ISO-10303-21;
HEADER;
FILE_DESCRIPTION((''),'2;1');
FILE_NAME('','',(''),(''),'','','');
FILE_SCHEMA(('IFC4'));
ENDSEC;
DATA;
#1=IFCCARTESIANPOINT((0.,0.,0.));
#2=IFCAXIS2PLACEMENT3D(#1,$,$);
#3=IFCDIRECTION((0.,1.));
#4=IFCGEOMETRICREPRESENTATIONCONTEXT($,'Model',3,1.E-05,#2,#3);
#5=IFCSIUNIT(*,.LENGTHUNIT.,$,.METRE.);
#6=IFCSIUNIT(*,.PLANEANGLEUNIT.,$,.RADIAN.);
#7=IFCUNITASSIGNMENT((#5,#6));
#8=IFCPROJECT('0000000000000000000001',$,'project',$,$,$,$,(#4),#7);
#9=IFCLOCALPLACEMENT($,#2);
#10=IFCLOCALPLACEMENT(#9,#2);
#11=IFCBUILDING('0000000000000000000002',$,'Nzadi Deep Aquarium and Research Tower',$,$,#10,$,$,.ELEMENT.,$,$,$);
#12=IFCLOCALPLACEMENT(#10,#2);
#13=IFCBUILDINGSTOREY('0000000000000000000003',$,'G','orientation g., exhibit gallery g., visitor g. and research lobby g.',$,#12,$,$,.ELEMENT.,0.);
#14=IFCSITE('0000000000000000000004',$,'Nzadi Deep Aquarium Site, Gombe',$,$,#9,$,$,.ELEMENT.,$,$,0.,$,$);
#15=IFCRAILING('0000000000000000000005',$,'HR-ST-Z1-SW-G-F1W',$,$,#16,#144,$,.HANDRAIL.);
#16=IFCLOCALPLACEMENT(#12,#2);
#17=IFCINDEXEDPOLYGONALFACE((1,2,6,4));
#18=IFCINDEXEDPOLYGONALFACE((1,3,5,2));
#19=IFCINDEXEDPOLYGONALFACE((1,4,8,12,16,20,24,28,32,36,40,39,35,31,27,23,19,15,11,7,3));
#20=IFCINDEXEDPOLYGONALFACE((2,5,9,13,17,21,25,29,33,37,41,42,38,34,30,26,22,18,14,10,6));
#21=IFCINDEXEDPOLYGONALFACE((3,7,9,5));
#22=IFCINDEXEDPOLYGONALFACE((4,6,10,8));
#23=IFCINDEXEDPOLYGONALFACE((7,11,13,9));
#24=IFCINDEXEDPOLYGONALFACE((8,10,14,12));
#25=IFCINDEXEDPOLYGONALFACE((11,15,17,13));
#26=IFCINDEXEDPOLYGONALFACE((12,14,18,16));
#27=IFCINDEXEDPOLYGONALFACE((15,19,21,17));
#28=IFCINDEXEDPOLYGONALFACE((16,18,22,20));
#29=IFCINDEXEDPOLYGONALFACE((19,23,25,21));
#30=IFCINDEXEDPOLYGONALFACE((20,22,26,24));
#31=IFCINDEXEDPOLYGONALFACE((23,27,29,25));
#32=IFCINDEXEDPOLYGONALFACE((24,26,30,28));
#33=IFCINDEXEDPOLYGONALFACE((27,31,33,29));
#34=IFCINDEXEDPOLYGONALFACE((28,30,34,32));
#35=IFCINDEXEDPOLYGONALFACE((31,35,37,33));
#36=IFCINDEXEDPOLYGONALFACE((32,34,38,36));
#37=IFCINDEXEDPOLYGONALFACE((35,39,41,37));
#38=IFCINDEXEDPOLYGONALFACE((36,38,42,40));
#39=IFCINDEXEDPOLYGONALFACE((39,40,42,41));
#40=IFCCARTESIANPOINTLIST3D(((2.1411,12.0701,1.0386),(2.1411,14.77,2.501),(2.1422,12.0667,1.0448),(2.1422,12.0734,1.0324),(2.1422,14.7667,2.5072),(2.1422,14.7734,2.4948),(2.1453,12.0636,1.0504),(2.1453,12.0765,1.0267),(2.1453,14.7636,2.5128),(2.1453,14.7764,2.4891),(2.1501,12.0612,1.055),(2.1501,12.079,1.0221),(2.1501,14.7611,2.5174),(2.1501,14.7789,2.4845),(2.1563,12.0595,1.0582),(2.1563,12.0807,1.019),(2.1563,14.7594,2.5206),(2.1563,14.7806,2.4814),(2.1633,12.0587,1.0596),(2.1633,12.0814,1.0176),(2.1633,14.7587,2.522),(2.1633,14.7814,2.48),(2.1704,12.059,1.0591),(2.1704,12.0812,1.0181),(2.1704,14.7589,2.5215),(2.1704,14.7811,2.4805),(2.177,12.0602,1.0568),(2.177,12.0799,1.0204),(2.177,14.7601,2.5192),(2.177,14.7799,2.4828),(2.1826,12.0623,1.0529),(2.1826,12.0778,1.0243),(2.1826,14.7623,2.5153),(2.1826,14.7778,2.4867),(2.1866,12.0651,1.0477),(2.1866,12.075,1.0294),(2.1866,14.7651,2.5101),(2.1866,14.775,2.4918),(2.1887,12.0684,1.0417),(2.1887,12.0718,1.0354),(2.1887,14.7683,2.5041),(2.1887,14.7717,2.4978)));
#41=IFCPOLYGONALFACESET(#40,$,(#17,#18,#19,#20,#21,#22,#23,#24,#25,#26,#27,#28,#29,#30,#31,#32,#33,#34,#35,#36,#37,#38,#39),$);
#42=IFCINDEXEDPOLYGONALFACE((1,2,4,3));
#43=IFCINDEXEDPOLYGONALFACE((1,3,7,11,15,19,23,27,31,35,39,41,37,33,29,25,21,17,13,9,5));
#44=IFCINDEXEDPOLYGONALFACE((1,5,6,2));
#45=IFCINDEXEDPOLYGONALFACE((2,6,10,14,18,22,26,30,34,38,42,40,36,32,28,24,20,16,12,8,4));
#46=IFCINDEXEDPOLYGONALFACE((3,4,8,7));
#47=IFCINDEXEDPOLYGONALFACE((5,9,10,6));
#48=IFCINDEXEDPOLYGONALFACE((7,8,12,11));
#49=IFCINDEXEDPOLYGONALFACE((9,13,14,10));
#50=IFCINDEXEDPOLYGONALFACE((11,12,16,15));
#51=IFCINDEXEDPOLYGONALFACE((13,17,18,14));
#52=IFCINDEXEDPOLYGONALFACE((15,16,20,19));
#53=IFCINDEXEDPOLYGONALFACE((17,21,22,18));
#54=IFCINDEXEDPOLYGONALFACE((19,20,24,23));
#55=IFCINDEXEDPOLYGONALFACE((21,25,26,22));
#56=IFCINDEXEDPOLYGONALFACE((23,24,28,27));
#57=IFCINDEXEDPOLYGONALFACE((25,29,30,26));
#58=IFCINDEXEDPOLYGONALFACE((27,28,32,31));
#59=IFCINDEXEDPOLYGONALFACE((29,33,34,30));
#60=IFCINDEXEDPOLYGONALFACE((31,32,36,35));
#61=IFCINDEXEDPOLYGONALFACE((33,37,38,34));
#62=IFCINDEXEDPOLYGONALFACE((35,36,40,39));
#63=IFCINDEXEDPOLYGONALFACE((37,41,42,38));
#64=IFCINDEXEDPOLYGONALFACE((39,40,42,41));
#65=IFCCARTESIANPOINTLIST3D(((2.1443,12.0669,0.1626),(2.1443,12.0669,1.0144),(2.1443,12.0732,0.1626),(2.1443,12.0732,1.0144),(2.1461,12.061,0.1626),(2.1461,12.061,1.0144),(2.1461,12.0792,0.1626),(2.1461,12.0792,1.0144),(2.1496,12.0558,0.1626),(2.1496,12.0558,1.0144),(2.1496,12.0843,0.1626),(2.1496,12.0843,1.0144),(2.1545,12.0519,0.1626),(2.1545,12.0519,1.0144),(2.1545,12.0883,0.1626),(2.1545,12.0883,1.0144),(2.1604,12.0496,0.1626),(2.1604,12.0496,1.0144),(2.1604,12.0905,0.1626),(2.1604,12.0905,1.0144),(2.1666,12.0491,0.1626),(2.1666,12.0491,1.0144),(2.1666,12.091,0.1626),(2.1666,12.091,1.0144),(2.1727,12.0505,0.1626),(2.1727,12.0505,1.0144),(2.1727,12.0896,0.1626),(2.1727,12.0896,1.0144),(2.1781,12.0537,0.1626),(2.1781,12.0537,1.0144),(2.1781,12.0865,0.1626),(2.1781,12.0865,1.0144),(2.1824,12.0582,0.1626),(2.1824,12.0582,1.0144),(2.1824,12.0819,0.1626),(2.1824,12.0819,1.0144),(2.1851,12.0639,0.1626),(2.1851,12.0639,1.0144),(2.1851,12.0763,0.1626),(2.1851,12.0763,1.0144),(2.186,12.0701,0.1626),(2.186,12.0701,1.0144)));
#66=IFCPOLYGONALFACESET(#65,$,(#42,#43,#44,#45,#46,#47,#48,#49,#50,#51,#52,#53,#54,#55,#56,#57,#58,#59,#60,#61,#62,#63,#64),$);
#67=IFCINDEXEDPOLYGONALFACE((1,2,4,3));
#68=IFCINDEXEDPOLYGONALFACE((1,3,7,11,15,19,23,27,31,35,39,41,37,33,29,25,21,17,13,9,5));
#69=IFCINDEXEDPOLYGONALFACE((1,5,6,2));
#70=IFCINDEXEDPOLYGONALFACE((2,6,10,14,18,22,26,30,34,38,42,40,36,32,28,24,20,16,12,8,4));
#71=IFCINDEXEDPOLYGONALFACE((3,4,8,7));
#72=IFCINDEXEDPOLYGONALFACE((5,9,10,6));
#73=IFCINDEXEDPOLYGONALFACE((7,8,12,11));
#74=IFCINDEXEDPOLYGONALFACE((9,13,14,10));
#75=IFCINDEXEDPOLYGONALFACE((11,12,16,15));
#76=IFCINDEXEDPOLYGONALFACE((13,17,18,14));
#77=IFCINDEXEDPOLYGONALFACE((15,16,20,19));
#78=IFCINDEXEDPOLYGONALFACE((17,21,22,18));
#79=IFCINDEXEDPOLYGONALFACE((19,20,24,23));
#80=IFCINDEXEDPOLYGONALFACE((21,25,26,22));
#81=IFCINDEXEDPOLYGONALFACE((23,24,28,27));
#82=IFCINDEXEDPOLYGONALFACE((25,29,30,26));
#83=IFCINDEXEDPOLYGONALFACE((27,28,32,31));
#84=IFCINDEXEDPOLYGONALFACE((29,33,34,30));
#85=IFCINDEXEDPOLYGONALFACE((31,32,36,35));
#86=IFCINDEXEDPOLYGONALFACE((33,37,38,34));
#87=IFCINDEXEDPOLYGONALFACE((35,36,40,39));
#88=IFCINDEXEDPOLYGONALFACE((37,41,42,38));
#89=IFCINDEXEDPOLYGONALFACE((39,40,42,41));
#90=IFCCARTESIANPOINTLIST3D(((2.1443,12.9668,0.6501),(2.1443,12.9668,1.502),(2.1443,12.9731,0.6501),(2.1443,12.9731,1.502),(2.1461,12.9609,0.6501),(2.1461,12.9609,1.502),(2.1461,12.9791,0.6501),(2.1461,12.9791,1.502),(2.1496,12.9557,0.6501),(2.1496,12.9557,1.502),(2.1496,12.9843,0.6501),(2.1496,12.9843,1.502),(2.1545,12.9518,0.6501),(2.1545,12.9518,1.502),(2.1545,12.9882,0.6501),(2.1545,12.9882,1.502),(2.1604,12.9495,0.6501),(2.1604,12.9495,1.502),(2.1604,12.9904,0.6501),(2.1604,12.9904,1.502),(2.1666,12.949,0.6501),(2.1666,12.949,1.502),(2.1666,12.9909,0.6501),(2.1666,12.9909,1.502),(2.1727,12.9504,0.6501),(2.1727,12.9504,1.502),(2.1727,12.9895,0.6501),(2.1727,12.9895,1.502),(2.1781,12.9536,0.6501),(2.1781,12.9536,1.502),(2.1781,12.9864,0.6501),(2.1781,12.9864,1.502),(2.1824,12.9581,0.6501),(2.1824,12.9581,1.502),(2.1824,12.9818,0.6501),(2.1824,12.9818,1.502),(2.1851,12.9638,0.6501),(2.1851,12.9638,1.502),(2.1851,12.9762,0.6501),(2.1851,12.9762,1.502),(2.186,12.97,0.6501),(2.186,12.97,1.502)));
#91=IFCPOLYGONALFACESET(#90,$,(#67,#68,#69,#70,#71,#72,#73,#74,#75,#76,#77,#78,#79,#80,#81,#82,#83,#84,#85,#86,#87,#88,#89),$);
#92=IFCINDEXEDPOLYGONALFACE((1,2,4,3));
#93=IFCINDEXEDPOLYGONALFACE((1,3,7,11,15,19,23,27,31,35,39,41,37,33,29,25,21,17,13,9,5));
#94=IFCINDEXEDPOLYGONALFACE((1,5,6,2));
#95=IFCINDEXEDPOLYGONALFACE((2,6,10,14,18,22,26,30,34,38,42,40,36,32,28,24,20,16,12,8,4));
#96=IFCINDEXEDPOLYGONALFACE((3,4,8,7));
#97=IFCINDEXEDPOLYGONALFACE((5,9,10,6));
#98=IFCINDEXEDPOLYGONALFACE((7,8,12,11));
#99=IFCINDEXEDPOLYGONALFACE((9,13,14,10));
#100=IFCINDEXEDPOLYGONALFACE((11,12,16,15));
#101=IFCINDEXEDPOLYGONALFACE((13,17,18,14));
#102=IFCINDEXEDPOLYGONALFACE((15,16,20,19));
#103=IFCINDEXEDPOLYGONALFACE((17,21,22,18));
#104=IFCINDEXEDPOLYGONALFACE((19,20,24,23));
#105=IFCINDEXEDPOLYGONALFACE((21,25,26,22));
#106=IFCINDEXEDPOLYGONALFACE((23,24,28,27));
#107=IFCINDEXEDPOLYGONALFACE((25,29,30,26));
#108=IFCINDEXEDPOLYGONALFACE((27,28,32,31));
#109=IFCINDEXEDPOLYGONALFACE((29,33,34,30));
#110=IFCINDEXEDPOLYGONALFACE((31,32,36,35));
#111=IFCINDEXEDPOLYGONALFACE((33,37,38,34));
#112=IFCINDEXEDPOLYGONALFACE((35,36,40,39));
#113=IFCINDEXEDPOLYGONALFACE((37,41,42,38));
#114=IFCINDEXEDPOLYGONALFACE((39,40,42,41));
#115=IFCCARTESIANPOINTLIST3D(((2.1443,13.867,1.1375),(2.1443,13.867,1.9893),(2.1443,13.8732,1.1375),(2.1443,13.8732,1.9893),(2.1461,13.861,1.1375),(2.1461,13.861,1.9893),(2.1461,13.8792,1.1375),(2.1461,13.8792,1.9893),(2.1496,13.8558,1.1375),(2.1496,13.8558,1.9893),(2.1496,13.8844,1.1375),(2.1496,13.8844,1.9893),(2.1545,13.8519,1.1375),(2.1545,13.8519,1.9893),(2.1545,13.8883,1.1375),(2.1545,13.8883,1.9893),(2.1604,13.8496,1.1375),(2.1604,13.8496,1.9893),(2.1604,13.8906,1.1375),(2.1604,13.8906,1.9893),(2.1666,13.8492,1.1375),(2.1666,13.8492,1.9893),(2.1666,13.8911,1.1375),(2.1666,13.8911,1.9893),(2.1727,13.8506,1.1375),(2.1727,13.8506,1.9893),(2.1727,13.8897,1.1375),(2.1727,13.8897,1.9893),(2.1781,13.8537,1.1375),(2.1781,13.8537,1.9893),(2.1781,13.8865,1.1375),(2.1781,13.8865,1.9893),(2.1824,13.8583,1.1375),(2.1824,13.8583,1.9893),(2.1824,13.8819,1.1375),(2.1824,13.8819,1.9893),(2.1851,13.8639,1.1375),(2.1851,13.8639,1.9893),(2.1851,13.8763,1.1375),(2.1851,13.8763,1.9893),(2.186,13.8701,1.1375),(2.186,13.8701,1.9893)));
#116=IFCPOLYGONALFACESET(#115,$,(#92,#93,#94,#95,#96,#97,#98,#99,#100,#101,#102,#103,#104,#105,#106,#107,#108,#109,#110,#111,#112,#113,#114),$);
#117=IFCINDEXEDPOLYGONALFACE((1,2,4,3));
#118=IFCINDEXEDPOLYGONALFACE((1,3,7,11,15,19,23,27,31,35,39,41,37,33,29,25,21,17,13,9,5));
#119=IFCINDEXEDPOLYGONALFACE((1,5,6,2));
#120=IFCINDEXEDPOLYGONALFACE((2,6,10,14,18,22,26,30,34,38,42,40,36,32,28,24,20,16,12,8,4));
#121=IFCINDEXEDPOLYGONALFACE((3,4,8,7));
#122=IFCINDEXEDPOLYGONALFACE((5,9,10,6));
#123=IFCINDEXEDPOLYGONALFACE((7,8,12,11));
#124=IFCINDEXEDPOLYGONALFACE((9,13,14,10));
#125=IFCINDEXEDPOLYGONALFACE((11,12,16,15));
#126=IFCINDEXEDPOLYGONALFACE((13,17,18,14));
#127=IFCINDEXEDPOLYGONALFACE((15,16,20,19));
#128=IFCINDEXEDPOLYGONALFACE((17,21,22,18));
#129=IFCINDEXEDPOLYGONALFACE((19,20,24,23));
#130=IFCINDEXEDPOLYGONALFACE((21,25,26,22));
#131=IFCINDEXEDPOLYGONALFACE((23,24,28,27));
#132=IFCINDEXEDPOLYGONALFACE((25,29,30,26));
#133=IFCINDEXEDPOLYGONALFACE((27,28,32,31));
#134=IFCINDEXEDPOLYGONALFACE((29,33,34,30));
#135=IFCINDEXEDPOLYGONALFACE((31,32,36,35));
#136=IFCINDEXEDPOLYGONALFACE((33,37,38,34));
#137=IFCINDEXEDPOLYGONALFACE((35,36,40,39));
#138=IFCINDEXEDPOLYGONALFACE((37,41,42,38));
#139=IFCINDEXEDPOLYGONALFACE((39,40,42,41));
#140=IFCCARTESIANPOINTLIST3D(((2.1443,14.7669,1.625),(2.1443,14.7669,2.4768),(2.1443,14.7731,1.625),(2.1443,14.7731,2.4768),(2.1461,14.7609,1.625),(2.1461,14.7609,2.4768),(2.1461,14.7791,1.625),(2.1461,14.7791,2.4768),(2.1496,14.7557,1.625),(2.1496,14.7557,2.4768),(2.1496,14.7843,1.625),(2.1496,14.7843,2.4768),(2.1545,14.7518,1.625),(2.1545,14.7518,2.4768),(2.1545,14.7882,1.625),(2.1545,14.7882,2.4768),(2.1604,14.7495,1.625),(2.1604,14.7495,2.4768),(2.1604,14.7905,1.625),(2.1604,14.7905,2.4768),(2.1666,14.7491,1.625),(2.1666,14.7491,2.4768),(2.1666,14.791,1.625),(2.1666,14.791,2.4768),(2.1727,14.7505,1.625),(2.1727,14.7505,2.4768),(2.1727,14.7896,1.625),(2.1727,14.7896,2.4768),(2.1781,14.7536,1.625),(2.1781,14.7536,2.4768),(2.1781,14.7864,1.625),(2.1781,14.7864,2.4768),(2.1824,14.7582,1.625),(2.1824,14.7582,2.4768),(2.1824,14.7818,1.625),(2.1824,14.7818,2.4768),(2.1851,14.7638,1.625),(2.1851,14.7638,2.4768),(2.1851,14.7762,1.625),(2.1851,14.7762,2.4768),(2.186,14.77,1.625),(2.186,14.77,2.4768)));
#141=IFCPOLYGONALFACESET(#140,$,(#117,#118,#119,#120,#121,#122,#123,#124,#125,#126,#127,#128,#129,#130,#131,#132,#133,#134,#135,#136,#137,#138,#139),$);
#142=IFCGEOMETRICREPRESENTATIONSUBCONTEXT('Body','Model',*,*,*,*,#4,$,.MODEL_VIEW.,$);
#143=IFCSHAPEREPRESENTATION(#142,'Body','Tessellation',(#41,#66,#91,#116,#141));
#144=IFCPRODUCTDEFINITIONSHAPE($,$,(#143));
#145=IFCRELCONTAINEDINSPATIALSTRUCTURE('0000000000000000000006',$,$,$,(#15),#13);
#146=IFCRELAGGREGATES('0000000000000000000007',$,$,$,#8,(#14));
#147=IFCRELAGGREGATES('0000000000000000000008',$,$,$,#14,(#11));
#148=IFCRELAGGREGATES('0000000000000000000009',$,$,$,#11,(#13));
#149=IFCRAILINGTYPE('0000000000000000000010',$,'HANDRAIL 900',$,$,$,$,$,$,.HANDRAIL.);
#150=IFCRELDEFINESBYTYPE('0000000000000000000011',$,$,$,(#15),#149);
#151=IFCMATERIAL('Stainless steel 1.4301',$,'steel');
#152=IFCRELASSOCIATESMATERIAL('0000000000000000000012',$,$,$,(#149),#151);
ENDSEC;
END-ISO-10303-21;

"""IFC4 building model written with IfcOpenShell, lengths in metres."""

from ifc_helpers import new_model, si_unit, direction, frame, origin, origin_2d, place, context, subcontext, project, spatial, circle, extrude, material, type_object, element, save


model = new_model("IFC4")

# Units and contexts
model_context = context("Model", 3, precision=1e-05, world=origin(), true_north=direction((0.0, 1.0)))
body_context = subcontext(model_context, "Body", "Model", "MODEL_VIEW")
ifc_project = project(units=[si_unit("LENGTHUNIT", "METRE"), si_unit("PLANEANGLEUNIT", "RADIAN")], contexts=[model_context])

# Site, building, storey
site_placement = place(None, origin())
site = spatial("IfcSite", under=ifc_project, at=site_placement, Name="Nzadi Deep Aquarium Site, Gombe", CompositionType="ELEMENT", RefElevation=0.0)
building_placement = place(site_placement, origin())
building = spatial("IfcBuilding", under=site, at=building_placement, Name="Nzadi Deep Aquarium and Research Tower", CompositionType="ELEMENT")
storey_placement = place(building_placement, origin())
storey = spatial("IfcBuildingStorey", under=building, at=storey_placement, Name="G", Description="orientation g., exhibit gallery g., visitor g. and research lobby g.", CompositionType="ELEMENT", Elevation=0.0)

# Railing
ifc_material_1 = material(Name="Stainless steel 1.4301", Category="steel")
railing_type = type_object("IfcRailingType", Name="HANDRAIL 900", PredefinedType="HANDRAIL", material=ifc_material_1)
for number, where, name in (
    (1, (2.165, 12.0701, 0.1626), "HR-ST-Z1-SW-G-F1W"),
):
    element("IfcRailing", number, at=place(storey_placement, frame(where)), inside=storey, type_object=railing_type, Name=name, PredefinedType="HANDRAIL", context=body_context, shape_type="SweptSolid", body=[
        extrude(circle(Radius=0.0239, at=origin_2d()), frame((0.0, 0.0, 0.876), z_axis=(0.0, 0.879302, 0.476265), x_axis=(-1.0, 0.0, 0.0)), (0.0, 0.0, 1.0), 3.0706),
        extrude(circle(Radius=0.021, at=origin_2d()), origin(), (0.0, 0.0, 1.0), 0.8518),
        extrude(circle(Radius=0.021, at=origin_2d()), frame((0.0, 0.8999, 0.4875)), (0.0, 0.0, 1.0), 0.8518),
        extrude(circle(Radius=0.021, at=origin_2d()), frame((0.0, 1.8, 0.9749)), (0.0, 0.0, 1.0), 0.8518),
        extrude(circle(Radius=0.021, at=origin_2d()), frame((0.0, 2.7, 1.4624)), (0.0, 0.0, 1.0), 0.8518),
    ])

save(model, "model.ifc")
